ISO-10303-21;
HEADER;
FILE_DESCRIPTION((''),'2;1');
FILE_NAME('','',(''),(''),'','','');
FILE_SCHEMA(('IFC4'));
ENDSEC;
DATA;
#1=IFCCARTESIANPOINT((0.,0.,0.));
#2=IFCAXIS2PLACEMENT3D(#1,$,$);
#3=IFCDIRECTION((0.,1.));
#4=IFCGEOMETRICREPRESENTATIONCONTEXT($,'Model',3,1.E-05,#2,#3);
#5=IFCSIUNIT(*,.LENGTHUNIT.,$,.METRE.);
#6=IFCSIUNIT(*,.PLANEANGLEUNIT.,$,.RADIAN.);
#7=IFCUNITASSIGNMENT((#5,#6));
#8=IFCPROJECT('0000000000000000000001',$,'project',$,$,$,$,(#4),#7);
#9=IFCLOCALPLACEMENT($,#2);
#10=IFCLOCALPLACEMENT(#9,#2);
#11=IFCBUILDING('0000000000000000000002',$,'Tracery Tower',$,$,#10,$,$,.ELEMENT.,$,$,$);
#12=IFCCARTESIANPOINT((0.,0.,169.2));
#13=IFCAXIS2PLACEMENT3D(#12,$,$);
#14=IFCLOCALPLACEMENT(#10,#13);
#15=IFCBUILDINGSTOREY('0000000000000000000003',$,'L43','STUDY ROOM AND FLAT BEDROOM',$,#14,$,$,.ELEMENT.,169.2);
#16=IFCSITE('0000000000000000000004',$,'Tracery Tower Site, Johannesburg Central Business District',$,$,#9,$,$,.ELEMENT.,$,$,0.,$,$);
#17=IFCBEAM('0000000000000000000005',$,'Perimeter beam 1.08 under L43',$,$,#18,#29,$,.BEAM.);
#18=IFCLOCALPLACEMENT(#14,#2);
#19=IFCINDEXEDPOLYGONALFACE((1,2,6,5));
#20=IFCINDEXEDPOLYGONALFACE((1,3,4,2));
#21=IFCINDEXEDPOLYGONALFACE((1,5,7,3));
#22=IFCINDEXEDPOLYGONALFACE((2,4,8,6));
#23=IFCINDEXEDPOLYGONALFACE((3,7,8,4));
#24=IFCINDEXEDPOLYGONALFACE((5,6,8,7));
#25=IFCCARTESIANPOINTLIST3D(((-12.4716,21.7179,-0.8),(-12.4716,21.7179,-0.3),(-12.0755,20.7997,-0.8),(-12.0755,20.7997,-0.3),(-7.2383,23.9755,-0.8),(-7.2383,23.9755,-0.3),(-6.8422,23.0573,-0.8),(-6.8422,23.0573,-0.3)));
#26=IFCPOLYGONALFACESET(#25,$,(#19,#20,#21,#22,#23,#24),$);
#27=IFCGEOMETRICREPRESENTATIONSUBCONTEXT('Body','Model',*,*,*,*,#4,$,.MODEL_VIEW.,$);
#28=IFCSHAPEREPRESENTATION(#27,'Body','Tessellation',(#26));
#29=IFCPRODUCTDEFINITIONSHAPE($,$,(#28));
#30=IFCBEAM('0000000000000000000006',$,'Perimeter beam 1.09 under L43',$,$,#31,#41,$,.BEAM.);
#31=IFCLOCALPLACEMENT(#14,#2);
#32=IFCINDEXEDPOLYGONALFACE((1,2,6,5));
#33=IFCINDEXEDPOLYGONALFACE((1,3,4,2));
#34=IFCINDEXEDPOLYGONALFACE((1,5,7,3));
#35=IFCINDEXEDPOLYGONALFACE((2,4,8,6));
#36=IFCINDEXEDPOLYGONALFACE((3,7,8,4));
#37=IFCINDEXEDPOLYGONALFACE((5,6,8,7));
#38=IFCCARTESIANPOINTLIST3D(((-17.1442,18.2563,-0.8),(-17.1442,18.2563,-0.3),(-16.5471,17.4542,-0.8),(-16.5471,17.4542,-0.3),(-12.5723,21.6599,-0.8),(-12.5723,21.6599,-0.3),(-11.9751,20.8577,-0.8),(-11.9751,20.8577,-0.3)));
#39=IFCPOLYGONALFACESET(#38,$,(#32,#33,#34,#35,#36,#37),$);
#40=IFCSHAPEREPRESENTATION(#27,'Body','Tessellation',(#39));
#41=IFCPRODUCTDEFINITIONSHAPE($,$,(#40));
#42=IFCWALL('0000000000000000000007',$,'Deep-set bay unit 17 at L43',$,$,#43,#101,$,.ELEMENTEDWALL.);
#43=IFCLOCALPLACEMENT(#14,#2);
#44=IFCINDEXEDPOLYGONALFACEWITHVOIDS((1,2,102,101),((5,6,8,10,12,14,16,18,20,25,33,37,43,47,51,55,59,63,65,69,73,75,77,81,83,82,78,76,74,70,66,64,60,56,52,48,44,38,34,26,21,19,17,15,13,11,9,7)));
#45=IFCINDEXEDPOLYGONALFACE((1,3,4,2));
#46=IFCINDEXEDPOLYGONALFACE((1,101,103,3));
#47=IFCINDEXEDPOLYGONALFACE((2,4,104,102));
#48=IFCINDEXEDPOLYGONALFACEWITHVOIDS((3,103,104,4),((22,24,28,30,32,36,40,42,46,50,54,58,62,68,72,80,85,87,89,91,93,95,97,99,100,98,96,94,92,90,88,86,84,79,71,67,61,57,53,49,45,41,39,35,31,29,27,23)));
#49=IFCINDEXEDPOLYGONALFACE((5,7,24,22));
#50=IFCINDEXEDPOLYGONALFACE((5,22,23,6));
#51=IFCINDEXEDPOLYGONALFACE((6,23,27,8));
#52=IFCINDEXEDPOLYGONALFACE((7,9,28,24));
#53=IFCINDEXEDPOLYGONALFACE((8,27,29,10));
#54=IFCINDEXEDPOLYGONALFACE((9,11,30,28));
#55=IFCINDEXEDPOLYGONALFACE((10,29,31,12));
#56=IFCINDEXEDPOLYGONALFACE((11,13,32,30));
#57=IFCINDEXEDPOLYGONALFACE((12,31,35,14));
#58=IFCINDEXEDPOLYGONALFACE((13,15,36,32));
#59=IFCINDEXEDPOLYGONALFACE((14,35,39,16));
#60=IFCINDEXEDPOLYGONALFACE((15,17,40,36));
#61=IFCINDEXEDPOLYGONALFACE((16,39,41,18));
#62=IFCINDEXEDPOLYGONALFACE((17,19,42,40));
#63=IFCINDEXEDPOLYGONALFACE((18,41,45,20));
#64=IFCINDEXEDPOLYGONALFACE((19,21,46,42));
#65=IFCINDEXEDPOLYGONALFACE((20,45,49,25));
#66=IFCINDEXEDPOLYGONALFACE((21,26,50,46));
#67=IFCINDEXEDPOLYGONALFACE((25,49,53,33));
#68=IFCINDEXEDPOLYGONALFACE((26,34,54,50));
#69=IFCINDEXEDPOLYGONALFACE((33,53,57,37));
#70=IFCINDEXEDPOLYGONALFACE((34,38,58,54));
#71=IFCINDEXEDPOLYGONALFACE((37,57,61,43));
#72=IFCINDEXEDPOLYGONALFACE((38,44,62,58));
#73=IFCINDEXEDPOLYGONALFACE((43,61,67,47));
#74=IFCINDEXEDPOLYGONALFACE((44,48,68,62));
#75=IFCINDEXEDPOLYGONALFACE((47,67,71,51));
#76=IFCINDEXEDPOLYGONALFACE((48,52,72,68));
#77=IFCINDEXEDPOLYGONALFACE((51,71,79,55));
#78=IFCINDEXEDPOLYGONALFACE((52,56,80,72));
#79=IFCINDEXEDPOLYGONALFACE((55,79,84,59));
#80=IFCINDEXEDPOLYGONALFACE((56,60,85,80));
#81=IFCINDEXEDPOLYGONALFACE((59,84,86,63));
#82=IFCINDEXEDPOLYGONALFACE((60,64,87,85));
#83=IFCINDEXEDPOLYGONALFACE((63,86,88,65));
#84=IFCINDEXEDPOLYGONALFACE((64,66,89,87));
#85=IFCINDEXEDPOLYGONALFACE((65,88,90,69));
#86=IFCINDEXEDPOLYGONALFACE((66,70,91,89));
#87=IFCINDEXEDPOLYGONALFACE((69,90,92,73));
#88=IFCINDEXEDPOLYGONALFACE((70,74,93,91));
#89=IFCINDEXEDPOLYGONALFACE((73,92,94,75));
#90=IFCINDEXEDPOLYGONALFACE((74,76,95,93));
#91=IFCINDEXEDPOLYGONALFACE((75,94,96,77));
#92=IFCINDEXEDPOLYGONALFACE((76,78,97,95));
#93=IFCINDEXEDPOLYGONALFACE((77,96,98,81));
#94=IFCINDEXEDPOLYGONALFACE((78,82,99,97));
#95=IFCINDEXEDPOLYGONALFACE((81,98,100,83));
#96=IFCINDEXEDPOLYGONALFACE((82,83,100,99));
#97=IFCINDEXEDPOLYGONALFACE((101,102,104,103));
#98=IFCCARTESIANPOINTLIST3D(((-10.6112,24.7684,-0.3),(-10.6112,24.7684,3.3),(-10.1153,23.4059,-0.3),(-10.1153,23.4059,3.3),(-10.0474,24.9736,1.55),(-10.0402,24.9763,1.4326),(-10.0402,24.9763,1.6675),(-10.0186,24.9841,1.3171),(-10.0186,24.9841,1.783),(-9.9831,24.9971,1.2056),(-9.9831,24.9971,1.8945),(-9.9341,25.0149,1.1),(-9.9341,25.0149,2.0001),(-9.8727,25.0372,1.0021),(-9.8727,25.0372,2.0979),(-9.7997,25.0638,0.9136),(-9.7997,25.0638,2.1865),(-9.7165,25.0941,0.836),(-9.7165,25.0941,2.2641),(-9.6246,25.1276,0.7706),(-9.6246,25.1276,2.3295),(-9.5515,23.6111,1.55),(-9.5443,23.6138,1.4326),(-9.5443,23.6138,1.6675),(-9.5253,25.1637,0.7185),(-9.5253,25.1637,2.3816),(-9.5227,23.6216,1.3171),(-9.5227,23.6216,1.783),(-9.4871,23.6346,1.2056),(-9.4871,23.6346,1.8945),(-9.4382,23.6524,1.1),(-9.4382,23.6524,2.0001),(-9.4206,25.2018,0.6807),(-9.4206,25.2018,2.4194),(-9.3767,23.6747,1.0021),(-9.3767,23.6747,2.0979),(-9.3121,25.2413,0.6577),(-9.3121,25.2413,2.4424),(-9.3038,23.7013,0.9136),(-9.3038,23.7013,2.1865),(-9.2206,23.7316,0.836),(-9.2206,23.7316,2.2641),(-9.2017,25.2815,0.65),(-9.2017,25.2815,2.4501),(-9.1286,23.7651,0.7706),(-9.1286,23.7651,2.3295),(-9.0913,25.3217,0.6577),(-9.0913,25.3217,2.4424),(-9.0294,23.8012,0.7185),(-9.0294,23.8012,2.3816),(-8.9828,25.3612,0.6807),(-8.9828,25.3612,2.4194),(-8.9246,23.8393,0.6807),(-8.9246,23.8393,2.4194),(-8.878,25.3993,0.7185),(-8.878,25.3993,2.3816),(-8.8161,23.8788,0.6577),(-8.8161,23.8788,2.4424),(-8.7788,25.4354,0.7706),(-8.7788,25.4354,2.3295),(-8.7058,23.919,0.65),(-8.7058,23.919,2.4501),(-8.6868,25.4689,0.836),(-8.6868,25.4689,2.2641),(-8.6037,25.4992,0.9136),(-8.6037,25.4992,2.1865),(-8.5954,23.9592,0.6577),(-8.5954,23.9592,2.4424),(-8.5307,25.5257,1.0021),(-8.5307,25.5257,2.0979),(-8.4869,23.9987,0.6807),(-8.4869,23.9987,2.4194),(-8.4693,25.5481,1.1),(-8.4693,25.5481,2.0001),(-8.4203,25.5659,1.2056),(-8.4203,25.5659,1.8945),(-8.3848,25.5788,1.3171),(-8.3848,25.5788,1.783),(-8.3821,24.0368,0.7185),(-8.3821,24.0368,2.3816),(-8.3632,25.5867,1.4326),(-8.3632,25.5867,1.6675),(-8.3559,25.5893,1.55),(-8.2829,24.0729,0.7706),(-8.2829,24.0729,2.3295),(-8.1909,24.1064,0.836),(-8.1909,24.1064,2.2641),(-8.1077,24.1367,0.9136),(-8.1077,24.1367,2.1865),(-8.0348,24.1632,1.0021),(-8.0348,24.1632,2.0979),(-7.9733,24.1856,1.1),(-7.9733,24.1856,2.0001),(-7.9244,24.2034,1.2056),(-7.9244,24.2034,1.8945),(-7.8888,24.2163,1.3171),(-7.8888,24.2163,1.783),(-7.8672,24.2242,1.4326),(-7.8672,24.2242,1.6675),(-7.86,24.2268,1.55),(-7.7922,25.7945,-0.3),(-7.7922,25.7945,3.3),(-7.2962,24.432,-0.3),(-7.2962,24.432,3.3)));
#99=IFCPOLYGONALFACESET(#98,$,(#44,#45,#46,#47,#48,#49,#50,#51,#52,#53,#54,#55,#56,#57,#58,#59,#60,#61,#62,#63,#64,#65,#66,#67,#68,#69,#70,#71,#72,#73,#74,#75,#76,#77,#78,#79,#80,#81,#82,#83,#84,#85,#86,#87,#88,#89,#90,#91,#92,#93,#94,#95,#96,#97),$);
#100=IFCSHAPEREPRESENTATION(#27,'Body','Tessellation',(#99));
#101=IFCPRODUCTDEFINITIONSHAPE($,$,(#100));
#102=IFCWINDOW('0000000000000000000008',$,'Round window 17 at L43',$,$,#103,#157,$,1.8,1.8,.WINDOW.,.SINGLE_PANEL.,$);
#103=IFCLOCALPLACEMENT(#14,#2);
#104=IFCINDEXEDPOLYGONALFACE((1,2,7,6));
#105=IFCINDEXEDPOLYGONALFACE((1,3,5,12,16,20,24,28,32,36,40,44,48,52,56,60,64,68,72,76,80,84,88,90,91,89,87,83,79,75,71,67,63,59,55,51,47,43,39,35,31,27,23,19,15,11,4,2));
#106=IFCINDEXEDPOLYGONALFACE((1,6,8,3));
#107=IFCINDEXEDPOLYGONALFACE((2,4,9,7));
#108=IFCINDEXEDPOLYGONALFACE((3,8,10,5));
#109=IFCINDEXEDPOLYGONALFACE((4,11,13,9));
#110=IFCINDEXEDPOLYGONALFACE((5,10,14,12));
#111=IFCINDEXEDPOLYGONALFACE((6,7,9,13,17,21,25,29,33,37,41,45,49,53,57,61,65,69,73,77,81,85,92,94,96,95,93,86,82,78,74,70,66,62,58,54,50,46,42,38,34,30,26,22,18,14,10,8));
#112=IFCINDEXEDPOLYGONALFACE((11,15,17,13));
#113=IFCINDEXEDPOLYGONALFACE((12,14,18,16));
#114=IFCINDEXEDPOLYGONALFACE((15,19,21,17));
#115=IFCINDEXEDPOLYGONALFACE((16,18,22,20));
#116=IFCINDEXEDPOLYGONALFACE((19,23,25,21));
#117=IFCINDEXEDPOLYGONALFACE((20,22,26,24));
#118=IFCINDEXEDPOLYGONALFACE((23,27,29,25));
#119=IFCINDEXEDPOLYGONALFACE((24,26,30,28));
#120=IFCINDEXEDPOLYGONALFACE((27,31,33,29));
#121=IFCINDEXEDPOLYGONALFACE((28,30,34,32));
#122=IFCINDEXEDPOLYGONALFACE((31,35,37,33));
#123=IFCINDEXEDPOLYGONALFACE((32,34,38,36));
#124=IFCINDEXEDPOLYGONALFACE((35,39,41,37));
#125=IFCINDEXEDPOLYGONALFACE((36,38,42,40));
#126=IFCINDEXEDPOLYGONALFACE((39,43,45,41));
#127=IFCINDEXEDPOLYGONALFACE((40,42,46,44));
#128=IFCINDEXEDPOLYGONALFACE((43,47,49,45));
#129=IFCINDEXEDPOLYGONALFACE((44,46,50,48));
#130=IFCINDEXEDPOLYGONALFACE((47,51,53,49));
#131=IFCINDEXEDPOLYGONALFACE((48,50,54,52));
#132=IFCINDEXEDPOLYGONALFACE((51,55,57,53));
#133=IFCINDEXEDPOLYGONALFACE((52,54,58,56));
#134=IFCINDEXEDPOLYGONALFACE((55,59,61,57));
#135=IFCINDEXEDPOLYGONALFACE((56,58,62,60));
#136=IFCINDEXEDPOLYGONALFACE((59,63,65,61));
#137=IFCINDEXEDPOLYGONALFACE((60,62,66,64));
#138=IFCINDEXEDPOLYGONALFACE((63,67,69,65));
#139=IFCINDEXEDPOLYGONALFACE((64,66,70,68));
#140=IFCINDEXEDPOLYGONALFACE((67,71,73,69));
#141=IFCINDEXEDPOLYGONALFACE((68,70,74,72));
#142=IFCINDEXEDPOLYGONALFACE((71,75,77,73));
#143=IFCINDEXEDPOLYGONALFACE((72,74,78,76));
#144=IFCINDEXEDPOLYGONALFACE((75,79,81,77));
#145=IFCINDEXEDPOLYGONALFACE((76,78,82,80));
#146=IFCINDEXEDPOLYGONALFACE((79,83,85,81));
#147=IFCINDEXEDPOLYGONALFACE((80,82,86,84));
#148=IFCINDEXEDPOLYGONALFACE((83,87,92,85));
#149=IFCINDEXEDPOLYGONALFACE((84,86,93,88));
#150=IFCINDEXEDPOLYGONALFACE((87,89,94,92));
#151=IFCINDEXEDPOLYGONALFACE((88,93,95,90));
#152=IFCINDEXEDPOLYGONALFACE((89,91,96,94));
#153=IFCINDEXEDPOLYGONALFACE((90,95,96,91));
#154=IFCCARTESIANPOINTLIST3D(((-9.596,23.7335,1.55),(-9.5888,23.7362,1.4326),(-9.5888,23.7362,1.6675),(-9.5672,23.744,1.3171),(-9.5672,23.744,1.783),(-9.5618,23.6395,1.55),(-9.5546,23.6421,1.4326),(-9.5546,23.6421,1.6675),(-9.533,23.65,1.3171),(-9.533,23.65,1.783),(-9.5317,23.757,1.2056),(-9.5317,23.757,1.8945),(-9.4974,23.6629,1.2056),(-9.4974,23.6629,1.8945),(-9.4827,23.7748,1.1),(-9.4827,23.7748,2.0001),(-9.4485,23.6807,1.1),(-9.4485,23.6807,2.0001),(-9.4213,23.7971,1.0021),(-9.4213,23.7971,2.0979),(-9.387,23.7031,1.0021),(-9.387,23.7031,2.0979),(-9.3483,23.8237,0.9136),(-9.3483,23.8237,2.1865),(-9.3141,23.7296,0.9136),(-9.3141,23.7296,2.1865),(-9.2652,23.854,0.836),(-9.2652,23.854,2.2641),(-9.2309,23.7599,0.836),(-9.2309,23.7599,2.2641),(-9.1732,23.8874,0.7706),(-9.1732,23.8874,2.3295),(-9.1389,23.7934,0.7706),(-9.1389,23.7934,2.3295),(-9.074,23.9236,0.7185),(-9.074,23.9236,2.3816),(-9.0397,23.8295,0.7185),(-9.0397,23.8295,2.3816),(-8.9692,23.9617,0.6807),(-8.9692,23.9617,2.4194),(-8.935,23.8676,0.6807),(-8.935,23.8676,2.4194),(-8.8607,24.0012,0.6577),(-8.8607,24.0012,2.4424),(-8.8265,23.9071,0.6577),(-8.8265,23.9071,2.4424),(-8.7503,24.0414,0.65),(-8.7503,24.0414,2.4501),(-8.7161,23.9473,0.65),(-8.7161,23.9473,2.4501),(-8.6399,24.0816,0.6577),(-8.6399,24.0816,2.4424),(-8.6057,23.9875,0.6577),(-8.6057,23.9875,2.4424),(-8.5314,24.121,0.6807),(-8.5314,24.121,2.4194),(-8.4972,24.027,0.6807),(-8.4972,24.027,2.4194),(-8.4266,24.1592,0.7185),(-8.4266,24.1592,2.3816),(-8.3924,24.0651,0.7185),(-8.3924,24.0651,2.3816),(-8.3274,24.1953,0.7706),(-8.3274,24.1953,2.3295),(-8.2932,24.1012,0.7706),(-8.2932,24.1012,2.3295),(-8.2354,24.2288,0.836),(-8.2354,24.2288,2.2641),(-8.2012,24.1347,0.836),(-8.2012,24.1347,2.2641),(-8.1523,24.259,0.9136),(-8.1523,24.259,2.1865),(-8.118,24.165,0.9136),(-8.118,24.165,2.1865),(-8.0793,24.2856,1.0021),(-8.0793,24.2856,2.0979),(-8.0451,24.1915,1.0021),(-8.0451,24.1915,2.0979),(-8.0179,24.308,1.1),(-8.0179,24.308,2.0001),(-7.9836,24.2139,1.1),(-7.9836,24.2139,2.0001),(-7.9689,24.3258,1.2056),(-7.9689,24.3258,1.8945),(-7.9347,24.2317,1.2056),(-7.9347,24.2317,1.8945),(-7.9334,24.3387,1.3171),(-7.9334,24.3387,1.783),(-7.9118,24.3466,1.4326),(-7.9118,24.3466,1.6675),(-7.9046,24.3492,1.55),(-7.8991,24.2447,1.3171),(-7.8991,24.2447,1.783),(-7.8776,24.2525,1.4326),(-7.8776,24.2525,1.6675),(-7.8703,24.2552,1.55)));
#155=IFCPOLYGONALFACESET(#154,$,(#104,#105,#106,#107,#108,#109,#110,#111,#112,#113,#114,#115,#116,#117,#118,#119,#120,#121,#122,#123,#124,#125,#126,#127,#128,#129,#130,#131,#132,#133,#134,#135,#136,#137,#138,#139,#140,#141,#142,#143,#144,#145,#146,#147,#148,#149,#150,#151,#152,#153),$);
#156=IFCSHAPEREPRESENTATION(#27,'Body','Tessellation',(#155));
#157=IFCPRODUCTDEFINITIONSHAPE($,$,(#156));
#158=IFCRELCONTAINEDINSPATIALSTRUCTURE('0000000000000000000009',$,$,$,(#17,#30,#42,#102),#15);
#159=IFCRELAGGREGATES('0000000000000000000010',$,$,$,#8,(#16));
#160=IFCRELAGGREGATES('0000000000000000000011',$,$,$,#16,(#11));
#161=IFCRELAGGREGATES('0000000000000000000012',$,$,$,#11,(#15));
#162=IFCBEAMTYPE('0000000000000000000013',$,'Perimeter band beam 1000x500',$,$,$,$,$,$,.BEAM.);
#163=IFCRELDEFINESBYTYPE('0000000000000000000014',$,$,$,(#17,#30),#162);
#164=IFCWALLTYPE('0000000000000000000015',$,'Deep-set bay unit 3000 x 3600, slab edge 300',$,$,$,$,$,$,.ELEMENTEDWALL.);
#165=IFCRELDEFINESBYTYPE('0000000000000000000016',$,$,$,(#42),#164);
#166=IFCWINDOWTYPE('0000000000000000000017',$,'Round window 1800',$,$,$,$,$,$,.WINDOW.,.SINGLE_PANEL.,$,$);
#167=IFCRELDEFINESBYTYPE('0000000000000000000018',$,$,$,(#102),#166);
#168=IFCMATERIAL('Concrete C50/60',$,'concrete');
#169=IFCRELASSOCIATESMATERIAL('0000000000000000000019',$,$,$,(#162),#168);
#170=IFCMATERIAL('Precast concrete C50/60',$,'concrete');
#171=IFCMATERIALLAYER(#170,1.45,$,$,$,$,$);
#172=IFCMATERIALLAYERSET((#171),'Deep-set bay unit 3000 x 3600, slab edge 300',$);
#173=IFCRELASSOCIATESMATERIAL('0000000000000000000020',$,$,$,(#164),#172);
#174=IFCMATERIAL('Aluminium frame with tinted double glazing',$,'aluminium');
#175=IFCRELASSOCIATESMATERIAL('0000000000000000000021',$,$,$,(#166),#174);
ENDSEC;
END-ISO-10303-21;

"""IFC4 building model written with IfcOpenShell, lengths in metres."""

from ifc_helpers import new_model, si_unit, direction, frame, frame_2d, origin, origin_2d, place, context, subcontext, project, spatial, rectangle, circle, extrude, material, layer, layer_set, material_profile, profile_set, type_object, element, fill, save


model = new_model("IFC4")

# Units and contexts
model_context = context("Model", 3, precision=1e-05, world=origin(), true_north=direction((0.0, 1.0)))
body_context = subcontext(model_context, "Body", "Model", "MODEL_VIEW")
ifc_project = project(units=[si_unit("LENGTHUNIT", "METRE"), si_unit("PLANEANGLEUNIT", "RADIAN")], contexts=[model_context])

# Site, building, storey
site_placement = place(None, origin())
site = spatial("IfcSite", under=ifc_project, at=site_placement, Name="Tracery Tower Site, Johannesburg Central Business District", CompositionType="ELEMENT", RefElevation=0.0)
building_placement = place(site_placement, origin())
building = spatial("IfcBuilding", under=site, at=building_placement, Name="Tracery Tower", CompositionType="ELEMENT")
storey_placement = place(building_placement, frame((0.0, 0.0, 169.2)))
storey = spatial("IfcBuildingStorey", under=building, at=storey_placement, Name="L43", Description="STUDY ROOM AND FLAT BEDROOM", CompositionType="ELEMENT", Elevation=169.2)

# Beams
ifc_material_1 = material(Name="Concrete C50/60", Category="concrete")
ifc_material_profile_1 = material_profile(ifc_material_1, rectangle(XDim=1.0, YDim=0.5, at=origin_2d()), Name="RC 1000x500")
ifc_profile_set_1 = profile_set([ifc_material_profile_1], Name="Concrete C50/60")
beam_type = type_object("IfcBeamType", Name="Perimeter band beam 1000x500", PredefinedType="BEAM", material=ifc_profile_set_1)
beam_1_placement = place(storey_placement, frame((-7.0403, 23.5164, -0.55), z_axis=(-0.91821, -0.396095, 0.0), x_axis=(0.396095, -0.91821, 0.0)))
element("IfcBeam", 1, at=beam_1_placement, inside=storey, type_object=beam_type, Name="Perimeter beam 1.08 under L43", PredefinedType="BEAM", context=body_context, shape_type="SweptSolid", body=[
    extrude(rectangle(XDim=1.0, YDim=0.5, at=origin_2d()), origin(), (0.0, 0.0, 1.0), 5.6995),
])
beam_2_placement = place(storey_placement, frame((-12.2737, 21.2588, -0.55), z_axis=(-0.802138, -0.597138, 0.0), x_axis=(0.597138, -0.802138, 0.0)))
element("IfcBeam", 2, at=beam_2_placement, inside=storey, type_object=beam_type, Name="Perimeter beam 1.09 under L43", PredefinedType="BEAM", context=body_context, shape_type="SweptSolid", body=[
    extrude(rectangle(XDim=1.0, YDim=0.5, at=origin_2d()), origin(), (0.0, 0.0, 1.0), 5.6997),
])

# Wall, opening, window
ifc_material_2 = material(Name="Precast concrete C50/60", Category="concrete")
ifc_layer_1 = layer(ifc_material_2, 1.45)
ifc_layer_set_1 = layer_set([ifc_layer_1], Name="Deep-set bay unit 3000 x 3600, slab edge 300")
wall_type_1 = type_object("IfcWallType", Name="Deep-set bay unit 3000 x 3600, slab edge 300", PredefinedType="ELEMENTEDWALL", material=ifc_layer_set_1)
wall_1_placement = place(storey_placement, frame((-7.5442, 25.1133, -0.3), z_axis=(0.0, 0.0, 1.0), x_axis=(-0.939686, -0.342037, 0.0)))
wall_1 = element("IfcWall", 3, at=wall_1_placement, inside=storey, type_object=wall_type_1, Name="Deep-set bay unit 17 at L43", PredefinedType="ELEMENTEDWALL", context=body_context, shape_type="SweptSolid", body=[
    extrude(rectangle(XDim=3.0, YDim=1.45, at=frame_2d((1.5, 0.0))), origin(), (0.0, 0.0, 1.0), 3.6001),
])
opening_1_placement = place(wall_1_placement, frame((1.5, 0.0, 1.8501)))
opening_1 = element("IfcOpeningElement", 4, at=opening_1_placement, cuts=wall_1, PredefinedType="OPENING", context=body_context, shape_type="SweptSolid", body=[
    extrude(circle(Radius=0.9, at=origin_2d()), frame((0.0, 0.7349, 0.0), z_axis=(0.0, -1.0, 0.0), x_axis=(1.0, 0.0, 0.0)), (0.0, 0.0, 1.0), 1.47),
])
ifc_material_3 = material(Name="Aluminium frame with tinted double glazing", Category="aluminium")
window_type = type_object("IfcWindowType", Name="Round window 1800", PartitioningType="SINGLE_PANEL", PredefinedType="WINDOW", material=ifc_material_3)
window_1_placement = place(opening_1_placement, origin())
window_1 = element("IfcWindow", 5, at=window_1_placement, inside=storey, type_object=window_type, Name="Round window 17 at L43", OverallHeight=1.8, OverallWidth=1.8, PartitioningType="SINGLE_PANEL", PredefinedType="WINDOW", context=body_context, shape_type="SweptSolid", body=[
    extrude(circle(Radius=0.9, at=origin_2d()), frame((0.0, 0.6948, 0.0), z_axis=(0.0, -1.0, 0.0), x_axis=(1.0, 0.0, 0.0)), (0.0, 0.0, 1.0), 0.1001),
])
fill(opening_1, window_1)

save(model, "model.ifc")
